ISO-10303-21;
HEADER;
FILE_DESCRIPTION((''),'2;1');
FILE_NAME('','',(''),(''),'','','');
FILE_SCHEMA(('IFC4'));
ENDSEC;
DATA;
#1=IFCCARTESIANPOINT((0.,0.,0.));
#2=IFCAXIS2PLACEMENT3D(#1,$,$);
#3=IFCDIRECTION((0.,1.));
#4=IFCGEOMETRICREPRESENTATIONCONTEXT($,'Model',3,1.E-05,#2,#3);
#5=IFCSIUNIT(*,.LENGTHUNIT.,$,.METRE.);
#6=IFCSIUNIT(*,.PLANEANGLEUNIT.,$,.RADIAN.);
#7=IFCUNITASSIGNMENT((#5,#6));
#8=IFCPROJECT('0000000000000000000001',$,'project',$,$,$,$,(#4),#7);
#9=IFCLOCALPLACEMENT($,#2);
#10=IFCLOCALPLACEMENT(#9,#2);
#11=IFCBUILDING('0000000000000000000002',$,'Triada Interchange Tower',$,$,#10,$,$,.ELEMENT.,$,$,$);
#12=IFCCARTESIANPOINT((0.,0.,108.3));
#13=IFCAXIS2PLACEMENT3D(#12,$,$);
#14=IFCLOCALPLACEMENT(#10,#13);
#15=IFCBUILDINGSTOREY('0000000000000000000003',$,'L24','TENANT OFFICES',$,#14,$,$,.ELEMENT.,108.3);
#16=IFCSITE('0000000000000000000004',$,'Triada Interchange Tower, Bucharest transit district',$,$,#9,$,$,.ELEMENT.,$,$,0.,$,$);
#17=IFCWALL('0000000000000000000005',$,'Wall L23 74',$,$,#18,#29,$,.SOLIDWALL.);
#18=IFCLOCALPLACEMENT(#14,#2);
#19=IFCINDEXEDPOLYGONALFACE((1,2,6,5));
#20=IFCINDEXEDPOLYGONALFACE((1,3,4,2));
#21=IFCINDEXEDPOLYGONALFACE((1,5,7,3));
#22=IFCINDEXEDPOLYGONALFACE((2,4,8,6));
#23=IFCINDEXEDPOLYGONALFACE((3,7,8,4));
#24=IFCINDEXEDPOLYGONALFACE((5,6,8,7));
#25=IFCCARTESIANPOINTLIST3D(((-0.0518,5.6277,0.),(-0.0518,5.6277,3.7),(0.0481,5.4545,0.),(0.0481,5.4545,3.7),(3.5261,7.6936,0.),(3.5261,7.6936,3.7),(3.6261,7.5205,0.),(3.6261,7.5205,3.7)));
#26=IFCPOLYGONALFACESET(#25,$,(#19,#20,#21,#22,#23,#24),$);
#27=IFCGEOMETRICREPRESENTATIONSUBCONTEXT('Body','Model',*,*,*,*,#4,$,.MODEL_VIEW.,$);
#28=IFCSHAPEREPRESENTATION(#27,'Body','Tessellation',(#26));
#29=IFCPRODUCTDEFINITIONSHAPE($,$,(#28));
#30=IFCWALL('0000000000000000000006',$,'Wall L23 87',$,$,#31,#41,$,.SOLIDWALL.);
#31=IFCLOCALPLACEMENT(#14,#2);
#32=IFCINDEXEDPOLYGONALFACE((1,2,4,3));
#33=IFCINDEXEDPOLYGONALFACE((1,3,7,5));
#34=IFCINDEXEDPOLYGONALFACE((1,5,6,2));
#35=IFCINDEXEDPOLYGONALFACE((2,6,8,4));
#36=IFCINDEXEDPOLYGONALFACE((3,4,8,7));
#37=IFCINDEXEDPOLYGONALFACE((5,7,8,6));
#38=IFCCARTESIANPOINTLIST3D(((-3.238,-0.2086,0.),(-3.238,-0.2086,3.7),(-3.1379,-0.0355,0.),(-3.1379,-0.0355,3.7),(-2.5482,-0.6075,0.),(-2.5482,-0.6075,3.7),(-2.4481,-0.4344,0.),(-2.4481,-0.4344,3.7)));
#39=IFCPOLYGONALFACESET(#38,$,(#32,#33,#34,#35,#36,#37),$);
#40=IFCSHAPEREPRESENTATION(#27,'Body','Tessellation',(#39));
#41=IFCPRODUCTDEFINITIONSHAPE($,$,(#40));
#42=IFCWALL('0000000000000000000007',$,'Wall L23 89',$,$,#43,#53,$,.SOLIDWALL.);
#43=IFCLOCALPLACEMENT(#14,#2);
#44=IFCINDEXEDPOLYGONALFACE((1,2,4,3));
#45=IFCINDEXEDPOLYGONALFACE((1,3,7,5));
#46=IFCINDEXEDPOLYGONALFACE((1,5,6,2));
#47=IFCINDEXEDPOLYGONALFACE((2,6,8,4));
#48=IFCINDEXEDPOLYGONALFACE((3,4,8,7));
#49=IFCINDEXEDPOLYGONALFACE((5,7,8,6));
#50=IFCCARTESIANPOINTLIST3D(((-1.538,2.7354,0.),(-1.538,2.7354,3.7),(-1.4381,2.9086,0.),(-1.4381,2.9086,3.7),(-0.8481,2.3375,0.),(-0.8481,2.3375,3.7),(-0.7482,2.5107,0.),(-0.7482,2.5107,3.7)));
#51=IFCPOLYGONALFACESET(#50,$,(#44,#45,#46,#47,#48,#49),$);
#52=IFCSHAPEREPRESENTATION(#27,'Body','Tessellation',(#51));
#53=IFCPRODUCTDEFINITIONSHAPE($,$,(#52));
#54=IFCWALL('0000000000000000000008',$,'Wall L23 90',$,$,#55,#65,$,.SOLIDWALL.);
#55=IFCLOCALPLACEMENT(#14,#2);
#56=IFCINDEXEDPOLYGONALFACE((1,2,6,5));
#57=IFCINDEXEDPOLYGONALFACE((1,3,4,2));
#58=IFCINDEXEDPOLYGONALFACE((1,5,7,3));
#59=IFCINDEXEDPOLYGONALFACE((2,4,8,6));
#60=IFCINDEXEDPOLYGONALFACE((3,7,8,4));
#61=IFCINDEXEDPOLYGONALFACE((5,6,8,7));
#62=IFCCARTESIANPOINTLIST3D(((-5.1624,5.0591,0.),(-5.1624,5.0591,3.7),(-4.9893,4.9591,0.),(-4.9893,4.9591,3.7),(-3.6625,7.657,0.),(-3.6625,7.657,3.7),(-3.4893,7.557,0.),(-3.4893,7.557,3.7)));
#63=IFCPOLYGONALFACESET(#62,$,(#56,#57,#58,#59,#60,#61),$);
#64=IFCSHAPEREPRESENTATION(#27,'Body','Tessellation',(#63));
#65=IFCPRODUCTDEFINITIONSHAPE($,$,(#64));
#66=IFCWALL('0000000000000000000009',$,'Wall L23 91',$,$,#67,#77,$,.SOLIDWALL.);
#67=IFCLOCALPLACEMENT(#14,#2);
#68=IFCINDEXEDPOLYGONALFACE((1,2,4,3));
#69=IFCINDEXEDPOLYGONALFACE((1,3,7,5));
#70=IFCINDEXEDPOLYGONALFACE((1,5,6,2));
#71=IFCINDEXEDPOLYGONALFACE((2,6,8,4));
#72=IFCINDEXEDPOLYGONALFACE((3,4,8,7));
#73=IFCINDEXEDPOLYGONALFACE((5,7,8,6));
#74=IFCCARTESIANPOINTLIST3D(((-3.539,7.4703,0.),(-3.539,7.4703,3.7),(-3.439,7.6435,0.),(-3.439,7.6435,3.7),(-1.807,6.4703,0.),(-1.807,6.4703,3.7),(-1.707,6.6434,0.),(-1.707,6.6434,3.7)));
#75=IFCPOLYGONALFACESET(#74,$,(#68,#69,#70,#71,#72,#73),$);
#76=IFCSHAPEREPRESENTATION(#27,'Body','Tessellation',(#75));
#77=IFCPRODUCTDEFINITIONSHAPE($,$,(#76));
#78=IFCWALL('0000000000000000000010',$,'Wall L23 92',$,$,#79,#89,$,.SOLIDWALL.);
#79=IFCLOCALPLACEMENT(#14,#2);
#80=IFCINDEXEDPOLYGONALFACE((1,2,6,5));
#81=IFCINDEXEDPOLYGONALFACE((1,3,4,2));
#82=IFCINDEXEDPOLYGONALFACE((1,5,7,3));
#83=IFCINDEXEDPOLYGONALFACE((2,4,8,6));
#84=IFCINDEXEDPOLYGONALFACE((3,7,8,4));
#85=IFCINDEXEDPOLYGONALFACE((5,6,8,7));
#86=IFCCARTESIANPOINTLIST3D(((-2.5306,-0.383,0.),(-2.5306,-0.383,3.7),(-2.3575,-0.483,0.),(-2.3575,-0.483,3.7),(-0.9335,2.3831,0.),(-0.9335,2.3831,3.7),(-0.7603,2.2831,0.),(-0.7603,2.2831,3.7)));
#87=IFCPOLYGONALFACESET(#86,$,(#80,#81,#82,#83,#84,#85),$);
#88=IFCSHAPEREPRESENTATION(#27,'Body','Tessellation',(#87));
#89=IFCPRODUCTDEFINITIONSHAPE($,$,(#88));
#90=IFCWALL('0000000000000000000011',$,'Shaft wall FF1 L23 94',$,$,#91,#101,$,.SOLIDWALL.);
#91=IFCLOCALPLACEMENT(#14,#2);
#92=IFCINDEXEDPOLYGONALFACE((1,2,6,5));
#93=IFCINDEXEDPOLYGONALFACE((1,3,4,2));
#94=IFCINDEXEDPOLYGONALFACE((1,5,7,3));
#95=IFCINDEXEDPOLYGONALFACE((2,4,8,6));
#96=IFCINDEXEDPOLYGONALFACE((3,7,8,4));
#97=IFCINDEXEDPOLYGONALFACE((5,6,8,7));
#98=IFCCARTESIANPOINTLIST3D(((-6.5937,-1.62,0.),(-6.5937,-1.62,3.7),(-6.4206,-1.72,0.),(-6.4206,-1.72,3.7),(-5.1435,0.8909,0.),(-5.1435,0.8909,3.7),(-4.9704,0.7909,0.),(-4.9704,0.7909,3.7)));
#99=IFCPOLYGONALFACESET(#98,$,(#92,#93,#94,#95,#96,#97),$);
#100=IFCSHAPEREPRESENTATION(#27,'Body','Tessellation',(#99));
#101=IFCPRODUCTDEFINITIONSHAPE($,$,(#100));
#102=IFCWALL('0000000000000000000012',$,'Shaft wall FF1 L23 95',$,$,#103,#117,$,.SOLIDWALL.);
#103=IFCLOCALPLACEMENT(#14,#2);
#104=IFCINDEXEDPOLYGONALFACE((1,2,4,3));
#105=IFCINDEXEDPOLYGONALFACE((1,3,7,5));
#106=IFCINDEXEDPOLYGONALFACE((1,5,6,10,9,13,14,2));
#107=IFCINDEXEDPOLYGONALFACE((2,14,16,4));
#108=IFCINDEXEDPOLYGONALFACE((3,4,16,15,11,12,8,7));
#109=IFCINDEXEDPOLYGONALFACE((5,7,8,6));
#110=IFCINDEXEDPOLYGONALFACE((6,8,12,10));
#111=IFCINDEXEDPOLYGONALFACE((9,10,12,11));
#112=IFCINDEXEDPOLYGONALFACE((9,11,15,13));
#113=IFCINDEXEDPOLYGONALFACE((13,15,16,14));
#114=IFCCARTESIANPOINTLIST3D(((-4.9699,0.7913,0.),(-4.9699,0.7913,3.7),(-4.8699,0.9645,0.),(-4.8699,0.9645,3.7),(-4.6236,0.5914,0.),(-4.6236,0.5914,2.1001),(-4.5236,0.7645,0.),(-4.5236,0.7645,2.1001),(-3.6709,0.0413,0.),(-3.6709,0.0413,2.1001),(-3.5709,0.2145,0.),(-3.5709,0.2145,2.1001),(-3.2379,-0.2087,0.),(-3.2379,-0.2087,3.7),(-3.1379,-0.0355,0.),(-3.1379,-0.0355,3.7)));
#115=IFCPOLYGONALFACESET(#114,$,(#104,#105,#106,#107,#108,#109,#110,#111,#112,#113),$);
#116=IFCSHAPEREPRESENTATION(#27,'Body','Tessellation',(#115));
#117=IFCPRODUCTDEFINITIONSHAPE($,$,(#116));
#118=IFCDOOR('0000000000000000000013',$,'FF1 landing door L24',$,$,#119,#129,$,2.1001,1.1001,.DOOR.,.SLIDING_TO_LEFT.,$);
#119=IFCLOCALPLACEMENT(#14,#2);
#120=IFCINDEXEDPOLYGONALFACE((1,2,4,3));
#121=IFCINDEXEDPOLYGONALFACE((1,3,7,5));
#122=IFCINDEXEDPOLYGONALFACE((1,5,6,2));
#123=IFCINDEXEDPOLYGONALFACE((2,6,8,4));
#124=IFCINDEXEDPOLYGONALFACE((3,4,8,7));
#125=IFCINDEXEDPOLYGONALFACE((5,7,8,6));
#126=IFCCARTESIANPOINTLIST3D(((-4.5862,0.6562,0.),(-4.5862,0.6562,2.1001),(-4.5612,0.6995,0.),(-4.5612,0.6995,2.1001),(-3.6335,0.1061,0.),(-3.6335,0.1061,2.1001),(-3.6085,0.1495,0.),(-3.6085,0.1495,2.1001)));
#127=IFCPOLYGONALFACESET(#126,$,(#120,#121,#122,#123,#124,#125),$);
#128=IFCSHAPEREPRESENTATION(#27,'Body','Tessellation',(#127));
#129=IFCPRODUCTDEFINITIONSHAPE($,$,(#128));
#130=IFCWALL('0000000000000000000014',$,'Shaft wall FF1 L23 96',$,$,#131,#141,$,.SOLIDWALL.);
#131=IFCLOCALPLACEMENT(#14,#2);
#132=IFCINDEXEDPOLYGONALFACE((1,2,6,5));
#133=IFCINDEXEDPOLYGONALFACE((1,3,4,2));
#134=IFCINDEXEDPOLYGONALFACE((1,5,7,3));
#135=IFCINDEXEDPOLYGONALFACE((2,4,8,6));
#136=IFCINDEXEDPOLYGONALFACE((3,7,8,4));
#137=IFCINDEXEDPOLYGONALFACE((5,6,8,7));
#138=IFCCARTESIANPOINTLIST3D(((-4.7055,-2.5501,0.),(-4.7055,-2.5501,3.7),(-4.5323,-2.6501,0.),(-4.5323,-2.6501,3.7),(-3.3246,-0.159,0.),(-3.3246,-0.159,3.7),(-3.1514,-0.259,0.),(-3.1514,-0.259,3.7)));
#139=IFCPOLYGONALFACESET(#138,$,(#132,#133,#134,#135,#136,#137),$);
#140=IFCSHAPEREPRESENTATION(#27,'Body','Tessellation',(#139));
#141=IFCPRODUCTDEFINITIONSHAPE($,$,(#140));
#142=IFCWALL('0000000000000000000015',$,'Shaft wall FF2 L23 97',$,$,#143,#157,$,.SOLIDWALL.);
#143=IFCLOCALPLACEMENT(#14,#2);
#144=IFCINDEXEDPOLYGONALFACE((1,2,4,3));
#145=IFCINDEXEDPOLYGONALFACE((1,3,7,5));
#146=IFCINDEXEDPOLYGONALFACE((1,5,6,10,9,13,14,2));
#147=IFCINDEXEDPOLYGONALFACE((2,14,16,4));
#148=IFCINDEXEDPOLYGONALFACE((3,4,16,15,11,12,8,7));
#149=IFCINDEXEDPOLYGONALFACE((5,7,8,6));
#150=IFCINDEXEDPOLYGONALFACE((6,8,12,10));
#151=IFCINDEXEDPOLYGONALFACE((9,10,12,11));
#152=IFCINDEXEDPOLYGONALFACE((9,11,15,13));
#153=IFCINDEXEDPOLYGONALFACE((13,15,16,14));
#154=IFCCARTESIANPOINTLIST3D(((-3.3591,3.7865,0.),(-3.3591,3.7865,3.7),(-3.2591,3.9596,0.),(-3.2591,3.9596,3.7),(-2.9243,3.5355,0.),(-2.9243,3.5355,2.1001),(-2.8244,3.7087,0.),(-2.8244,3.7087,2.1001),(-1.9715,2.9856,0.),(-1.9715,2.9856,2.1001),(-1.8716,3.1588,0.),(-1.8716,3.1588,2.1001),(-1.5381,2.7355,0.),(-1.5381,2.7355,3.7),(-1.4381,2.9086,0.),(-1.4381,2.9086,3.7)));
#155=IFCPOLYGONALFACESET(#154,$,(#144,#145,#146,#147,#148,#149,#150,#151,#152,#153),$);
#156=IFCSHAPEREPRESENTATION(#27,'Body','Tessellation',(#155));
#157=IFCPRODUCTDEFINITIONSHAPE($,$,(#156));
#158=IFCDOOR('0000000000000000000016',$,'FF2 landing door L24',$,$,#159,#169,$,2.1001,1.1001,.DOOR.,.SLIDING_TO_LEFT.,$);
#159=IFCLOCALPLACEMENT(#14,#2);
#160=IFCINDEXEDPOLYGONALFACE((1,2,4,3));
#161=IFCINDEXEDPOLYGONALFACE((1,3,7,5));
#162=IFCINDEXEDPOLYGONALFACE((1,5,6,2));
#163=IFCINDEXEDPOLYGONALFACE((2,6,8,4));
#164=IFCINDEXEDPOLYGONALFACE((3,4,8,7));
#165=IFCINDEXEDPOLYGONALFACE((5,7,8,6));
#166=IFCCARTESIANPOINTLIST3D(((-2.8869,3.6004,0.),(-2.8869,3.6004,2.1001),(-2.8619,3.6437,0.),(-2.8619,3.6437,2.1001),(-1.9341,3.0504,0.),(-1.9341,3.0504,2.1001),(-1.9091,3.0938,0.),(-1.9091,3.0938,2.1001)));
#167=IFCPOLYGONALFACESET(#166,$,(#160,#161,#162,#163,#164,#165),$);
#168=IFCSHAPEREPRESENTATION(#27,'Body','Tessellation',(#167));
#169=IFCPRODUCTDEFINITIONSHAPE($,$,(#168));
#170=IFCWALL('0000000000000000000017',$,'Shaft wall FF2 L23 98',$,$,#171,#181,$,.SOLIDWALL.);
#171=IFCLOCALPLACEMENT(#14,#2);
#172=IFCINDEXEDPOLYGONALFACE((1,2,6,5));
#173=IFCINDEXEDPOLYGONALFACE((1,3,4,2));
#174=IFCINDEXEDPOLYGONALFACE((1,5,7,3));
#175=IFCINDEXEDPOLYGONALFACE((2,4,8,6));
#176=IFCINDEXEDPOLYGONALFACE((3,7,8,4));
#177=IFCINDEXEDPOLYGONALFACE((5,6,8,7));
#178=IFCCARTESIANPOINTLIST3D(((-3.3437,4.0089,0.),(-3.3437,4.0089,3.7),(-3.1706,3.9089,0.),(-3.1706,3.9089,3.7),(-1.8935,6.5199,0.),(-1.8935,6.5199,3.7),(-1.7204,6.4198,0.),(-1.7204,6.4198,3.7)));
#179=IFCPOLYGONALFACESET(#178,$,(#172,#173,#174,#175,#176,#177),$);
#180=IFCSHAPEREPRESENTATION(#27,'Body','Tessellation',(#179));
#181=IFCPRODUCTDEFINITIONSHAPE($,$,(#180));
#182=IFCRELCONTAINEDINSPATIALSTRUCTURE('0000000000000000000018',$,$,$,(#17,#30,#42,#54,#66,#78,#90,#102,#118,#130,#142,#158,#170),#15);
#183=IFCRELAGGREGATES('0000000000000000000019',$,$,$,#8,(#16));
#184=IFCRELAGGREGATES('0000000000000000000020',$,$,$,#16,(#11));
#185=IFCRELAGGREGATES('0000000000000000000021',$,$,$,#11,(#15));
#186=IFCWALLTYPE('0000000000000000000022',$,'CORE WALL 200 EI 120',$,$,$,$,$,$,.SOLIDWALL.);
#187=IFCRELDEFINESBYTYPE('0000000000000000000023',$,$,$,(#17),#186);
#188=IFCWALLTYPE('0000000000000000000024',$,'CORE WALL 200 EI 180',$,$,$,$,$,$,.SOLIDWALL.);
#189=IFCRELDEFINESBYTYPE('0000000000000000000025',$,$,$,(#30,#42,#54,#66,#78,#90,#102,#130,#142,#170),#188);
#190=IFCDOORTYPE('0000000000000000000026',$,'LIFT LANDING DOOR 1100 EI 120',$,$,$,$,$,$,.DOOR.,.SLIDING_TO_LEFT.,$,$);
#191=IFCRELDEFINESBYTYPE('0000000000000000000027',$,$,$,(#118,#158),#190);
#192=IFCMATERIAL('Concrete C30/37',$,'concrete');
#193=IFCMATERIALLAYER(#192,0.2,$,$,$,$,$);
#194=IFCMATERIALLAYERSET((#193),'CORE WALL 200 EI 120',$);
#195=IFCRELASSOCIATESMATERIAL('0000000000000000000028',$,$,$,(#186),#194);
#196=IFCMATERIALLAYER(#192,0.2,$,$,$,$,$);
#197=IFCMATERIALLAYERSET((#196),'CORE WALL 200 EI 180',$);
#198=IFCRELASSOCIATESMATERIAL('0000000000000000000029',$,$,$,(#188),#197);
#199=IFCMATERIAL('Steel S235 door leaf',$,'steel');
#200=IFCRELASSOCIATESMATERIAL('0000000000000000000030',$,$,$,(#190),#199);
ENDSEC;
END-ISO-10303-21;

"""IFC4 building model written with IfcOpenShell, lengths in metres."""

from ifc_helpers import new_model, si_unit, direction, frame, frame_2d, origin, place, context, subcontext, project, spatial, rectangle, extrude, material, layer, layer_set, type_object, element, fill, save


model = new_model("IFC4")

# Units and contexts
model_context = context("Model", 3, precision=1e-05, world=origin(), true_north=direction((0.0, 1.0)))
body_context = subcontext(model_context, "Body", "Model", "MODEL_VIEW")
ifc_project = project(units=[si_unit("LENGTHUNIT", "METRE"), si_unit("PLANEANGLEUNIT", "RADIAN")], contexts=[model_context])

# Site, building, storey
site_placement = place(None, origin())
site = spatial("IfcSite", under=ifc_project, at=site_placement, Name="Triada Interchange Tower, Bucharest transit district", CompositionType="ELEMENT", RefElevation=0.0)
building_placement = place(site_placement, origin())
building = spatial("IfcBuilding", under=site, at=building_placement, Name="Triada Interchange Tower", CompositionType="ELEMENT")
storey_placement = place(building_placement, frame((0.0, 0.0, 108.3)))
storey = spatial("IfcBuildingStorey", under=building, at=storey_placement, Name="L24", Description="TENANT OFFICES", CompositionType="ELEMENT", Elevation=108.3)

# Walls
ifc_material_1 = material(Name="Concrete C30/37", Category="concrete")
ifc_layer_1 = layer(ifc_material_1, 0.2)
ifc_layer_set_1 = layer_set([ifc_layer_1], Name="CORE WALL 200 EI 120")
wall_type_1 = type_object("IfcWallType", Name="CORE WALL 200 EI 120", PredefinedType="SOLIDWALL", material=ifc_layer_set_1)
wall_1_placement = place(storey_placement, frame((-0.002, 5.541, 0.0), z_axis=(0.0, 0.0, 1.0), x_axis=(0.866002, 0.500041, 0.0)))
element("IfcWall", 1, at=wall_1_placement, inside=storey, type_object=wall_type_1, Name="Wall L23 74", PredefinedType="SOLIDWALL", context=body_context, shape_type="SweptSolid", body=[
    extrude(rectangle(XDim=4.1316, YDim=0.2, at=frame_2d((2.0659, 0.0))), origin(), (0.0, 0.0, 1.0), 3.7),
])
ifc_layer_2 = layer(ifc_material_1, 0.2)
ifc_layer_set_2 = layer_set([ifc_layer_2], Name="CORE WALL 200 EI 180")
wall_type_2 = type_object("IfcWallType", Name="CORE WALL 200 EI 180", PredefinedType="SOLIDWALL", material=ifc_layer_set_2)
wall_2_placement = place(storey_placement, frame((-3.188, -0.1221, 0.0), z_axis=(0.0, 0.0, 1.0), x_axis=(0.865706, -0.500553, 0.0)))
element("IfcWall", 2, at=wall_2_placement, inside=storey, type_object=wall_type_2, Name="Wall L23 87", PredefinedType="SOLIDWALL", context=body_context, shape_type="SweptSolid", body=[
    extrude(rectangle(XDim=0.7969, YDim=0.2, at=frame_2d((0.3984, 0.0))), origin(), (0.0, 0.0, 1.0), 3.7),
])
wall_3_placement = place(storey_placement, frame((-1.488, 2.822, 0.0), z_axis=(0.0, 0.0, 1.0), x_axis=(0.866237, -0.499634, 0.0)))
element("IfcWall", 3, at=wall_3_placement, inside=storey, type_object=wall_type_2, Name="Wall L23 89", PredefinedType="SOLIDWALL", context=body_context, shape_type="SweptSolid", body=[
    extrude(rectangle(XDim=0.7964, YDim=0.2, at=frame_2d((0.3982, 0.0))), origin(), (0.0, 0.0, 1.0), 3.7),
])
wall_4_placement = place(storey_placement, frame((-5.0759, 5.009, 0.0), z_axis=(0.0, 0.0, 1.0), x_axis=(0.500025, 0.866011, 0.0)))
element("IfcWall", 4, at=wall_4_placement, inside=storey, type_object=wall_type_2, Name="Wall L23 90", PredefinedType="SOLIDWALL", context=body_context, shape_type="SweptSolid", body=[
    extrude(rectangle(XDim=2.9998, YDim=0.2, at=frame_2d((1.5, 0.0))), origin(), (0.0, 0.0, 1.0), 3.7),
])
wall_5_placement = place(storey_placement, frame((-3.489, 7.5569, 0.0), z_axis=(0.0, 0.0, 1.0), x_axis=(0.866011, -0.500025, 0.0)))
element("IfcWall", 5, at=wall_5_placement, inside=storey, type_object=wall_type_2, Name="Wall L23 91", PredefinedType="SOLIDWALL", context=body_context, shape_type="SweptSolid", body=[
    extrude(rectangle(XDim=2.0, YDim=0.2, at=frame_2d((1.0, 0.0))), origin(), (0.0, 0.0, 1.0), 3.7),
])
wall_6_placement = place(storey_placement, frame((-2.4441, -0.4331, 0.0), z_axis=(0.0, 0.0, 1.0), x_axis=(0.500036, 0.866005, 0.0)))
element("IfcWall", 6, at=wall_6_placement, inside=storey, type_object=wall_type_2, Name="Wall L23 92", PredefinedType="SOLIDWALL", context=body_context, shape_type="SweptSolid", body=[
    extrude(rectangle(XDim=3.1941, YDim=0.2, at=frame_2d((1.5972, 0.0))), origin(), (0.0, 0.0, 1.0), 3.7),
])
wall_7_placement = place(storey_placement, frame((-6.5071, -1.6699, 0.0), z_axis=(0.0, 0.0, 1.0), x_axis=(0.500123, 0.865954, 0.0)))
element("IfcWall", 7, at=wall_7_placement, inside=storey, type_object=wall_type_2, Name="Shaft wall FF1 L23 94", PredefinedType="SOLIDWALL", context=body_context, shape_type="SweptSolid", body=[
    extrude(rectangle(XDim=2.8997, YDim=0.2, at=frame_2d((1.4497, 0.0))), origin(), (0.0, 0.0, 1.0), 3.7),
])

# Wall, opening, door
wall_8_placement = place(storey_placement, frame((-4.9199, 0.8779, 0.0), z_axis=(0.0, 0.0, 1.0), x_axis=(0.866011, -0.500025, 0.0)))
wall_8 = element("IfcWall", 8, at=wall_8_placement, inside=storey, type_object=wall_type_2, Name="Shaft wall FF1 L23 95", PredefinedType="SOLIDWALL", context=body_context, shape_type="SweptSolid", body=[
    extrude(rectangle(XDim=2.0, YDim=0.2, at=frame_2d((1.0, 0.0))), origin(), (0.0, 0.0, 1.0), 3.7),
])
opening_1_placement = place(wall_8_placement, frame((0.3999, 0.0, 0.0)))
opening_1 = element("IfcOpeningElement", 9, at=opening_1_placement, cuts=wall_8, PredefinedType="OPENING", context=body_context, shape_type="SweptSolid", body=[
    extrude(rectangle(XDim=1.1001, YDim=2.1001, at=frame_2d((0.55, 1.05))), frame((0.0, 0.1099, 0.0), z_axis=(0.0, -1.0, 0.0), x_axis=(1.0, 0.0, 0.0)), (0.0, 0.0, 1.0), 0.22),
])
ifc_material_2 = material(Name="Steel S235 door leaf", Category="steel")
door_type = type_object("IfcDoorType", Name="LIFT LANDING DOOR 1100 EI 120", OperationType="SLIDING_TO_LEFT", PredefinedType="DOOR", material=ifc_material_2)
door_1_placement = place(opening_1_placement, origin())
door_1 = element("IfcDoor", 10, at=door_1_placement, inside=storey, type_object=door_type, Name="FF1 landing door L24", OperationType="SLIDING_TO_LEFT", OverallHeight=2.1001, OverallWidth=1.1001, PredefinedType="DOOR", context=body_context, shape_type="SweptSolid", body=[
    extrude(rectangle(XDim=1.1001, YDim=2.1001, at=frame_2d((0.55, 1.05))), frame((0.0, 0.0249, 0.0), z_axis=(0.0, -1.0, 0.0), x_axis=(1.0, 0.0, 0.0)), (0.0, 0.0, 1.0), 0.05),
])
fill(opening_1, door_1)

# Wall
wall_9_placement = place(storey_placement, frame((-4.6189, -2.6001, 0.0), z_axis=(0.0, 0.0, 1.0), x_axis=(0.500095, 0.865971, 0.0)))
element("IfcWall", 11, at=wall_9_placement, inside=storey, type_object=wall_type_2, Name="Shaft wall FF1 L23 96", PredefinedType="SOLIDWALL", context=body_context, shape_type="SweptSolid", body=[
    extrude(rectangle(XDim=2.7612, YDim=0.2, at=frame_2d((1.3806, 0.0))), origin(), (0.0, 0.0, 1.0), 3.7),
])

# Wall, opening, door
wall_10_placement = place(storey_placement, frame((-3.3091, 3.873, 0.0), z_axis=(0.0, 0.0, 1.0), x_axis=(0.866099, -0.499873, 0.0)))
wall_10 = element("IfcWall", 12, at=wall_10_placement, inside=storey, type_object=wall_type_2, Name="Shaft wall FF2 L23 97", PredefinedType="SOLIDWALL", context=body_context, shape_type="SweptSolid", body=[
    extrude(rectangle(XDim=2.1025, YDim=0.2, at=frame_2d((1.0513, 0.0))), origin(), (0.0, 0.0, 1.0), 3.7),
])
opening_2_placement = place(wall_10_placement, frame((0.502, 0.0, 0.0)))
opening_2 = element("IfcOpeningElement", 13, at=opening_2_placement, cuts=wall_10, PredefinedType="OPENING", context=body_context, shape_type="SweptSolid", body=[
    extrude(rectangle(XDim=1.1001, YDim=2.1001, at=frame_2d((0.55, 1.05))), frame((0.0, 0.1099, 0.0), z_axis=(0.0, -1.0, 0.0), x_axis=(1.0, 0.0, 0.0)), (0.0, 0.0, 1.0), 0.22),
])
door_2_placement = place(opening_2_placement, origin())
door_2 = element("IfcDoor", 14, at=door_2_placement, inside=storey, type_object=door_type, Name="FF2 landing door L24", OperationType="SLIDING_TO_LEFT", OverallHeight=2.1001, OverallWidth=1.1001, PredefinedType="DOOR", context=body_context, shape_type="SweptSolid", body=[
    extrude(rectangle(XDim=1.1001, YDim=2.1001, at=frame_2d((0.55, 1.05))), frame((0.0, 0.0249, 0.0), z_axis=(0.0, -1.0, 0.0), x_axis=(1.0, 0.0, 0.0)), (0.0, 0.0, 1.0), 0.05),
])
fill(opening_2, door_2)

# Wall
wall_11_placement = place(storey_placement, frame((-3.2571, 3.959, 0.0), z_axis=(0.0, 0.0, 1.0), x_axis=(0.500123, 0.865954, 0.0)))
element("IfcWall", 15, at=wall_11_placement, inside=storey, type_object=wall_type_2, Name="Shaft wall FF2 L23 98", PredefinedType="SOLIDWALL", context=body_context, shape_type="SweptSolid", body=[
    extrude(rectangle(XDim=2.8997, YDim=0.2, at=frame_2d((1.4497, 0.0))), origin(), (0.0, 0.0, 1.0), 3.7),
])

save(model, "model.ifc")
